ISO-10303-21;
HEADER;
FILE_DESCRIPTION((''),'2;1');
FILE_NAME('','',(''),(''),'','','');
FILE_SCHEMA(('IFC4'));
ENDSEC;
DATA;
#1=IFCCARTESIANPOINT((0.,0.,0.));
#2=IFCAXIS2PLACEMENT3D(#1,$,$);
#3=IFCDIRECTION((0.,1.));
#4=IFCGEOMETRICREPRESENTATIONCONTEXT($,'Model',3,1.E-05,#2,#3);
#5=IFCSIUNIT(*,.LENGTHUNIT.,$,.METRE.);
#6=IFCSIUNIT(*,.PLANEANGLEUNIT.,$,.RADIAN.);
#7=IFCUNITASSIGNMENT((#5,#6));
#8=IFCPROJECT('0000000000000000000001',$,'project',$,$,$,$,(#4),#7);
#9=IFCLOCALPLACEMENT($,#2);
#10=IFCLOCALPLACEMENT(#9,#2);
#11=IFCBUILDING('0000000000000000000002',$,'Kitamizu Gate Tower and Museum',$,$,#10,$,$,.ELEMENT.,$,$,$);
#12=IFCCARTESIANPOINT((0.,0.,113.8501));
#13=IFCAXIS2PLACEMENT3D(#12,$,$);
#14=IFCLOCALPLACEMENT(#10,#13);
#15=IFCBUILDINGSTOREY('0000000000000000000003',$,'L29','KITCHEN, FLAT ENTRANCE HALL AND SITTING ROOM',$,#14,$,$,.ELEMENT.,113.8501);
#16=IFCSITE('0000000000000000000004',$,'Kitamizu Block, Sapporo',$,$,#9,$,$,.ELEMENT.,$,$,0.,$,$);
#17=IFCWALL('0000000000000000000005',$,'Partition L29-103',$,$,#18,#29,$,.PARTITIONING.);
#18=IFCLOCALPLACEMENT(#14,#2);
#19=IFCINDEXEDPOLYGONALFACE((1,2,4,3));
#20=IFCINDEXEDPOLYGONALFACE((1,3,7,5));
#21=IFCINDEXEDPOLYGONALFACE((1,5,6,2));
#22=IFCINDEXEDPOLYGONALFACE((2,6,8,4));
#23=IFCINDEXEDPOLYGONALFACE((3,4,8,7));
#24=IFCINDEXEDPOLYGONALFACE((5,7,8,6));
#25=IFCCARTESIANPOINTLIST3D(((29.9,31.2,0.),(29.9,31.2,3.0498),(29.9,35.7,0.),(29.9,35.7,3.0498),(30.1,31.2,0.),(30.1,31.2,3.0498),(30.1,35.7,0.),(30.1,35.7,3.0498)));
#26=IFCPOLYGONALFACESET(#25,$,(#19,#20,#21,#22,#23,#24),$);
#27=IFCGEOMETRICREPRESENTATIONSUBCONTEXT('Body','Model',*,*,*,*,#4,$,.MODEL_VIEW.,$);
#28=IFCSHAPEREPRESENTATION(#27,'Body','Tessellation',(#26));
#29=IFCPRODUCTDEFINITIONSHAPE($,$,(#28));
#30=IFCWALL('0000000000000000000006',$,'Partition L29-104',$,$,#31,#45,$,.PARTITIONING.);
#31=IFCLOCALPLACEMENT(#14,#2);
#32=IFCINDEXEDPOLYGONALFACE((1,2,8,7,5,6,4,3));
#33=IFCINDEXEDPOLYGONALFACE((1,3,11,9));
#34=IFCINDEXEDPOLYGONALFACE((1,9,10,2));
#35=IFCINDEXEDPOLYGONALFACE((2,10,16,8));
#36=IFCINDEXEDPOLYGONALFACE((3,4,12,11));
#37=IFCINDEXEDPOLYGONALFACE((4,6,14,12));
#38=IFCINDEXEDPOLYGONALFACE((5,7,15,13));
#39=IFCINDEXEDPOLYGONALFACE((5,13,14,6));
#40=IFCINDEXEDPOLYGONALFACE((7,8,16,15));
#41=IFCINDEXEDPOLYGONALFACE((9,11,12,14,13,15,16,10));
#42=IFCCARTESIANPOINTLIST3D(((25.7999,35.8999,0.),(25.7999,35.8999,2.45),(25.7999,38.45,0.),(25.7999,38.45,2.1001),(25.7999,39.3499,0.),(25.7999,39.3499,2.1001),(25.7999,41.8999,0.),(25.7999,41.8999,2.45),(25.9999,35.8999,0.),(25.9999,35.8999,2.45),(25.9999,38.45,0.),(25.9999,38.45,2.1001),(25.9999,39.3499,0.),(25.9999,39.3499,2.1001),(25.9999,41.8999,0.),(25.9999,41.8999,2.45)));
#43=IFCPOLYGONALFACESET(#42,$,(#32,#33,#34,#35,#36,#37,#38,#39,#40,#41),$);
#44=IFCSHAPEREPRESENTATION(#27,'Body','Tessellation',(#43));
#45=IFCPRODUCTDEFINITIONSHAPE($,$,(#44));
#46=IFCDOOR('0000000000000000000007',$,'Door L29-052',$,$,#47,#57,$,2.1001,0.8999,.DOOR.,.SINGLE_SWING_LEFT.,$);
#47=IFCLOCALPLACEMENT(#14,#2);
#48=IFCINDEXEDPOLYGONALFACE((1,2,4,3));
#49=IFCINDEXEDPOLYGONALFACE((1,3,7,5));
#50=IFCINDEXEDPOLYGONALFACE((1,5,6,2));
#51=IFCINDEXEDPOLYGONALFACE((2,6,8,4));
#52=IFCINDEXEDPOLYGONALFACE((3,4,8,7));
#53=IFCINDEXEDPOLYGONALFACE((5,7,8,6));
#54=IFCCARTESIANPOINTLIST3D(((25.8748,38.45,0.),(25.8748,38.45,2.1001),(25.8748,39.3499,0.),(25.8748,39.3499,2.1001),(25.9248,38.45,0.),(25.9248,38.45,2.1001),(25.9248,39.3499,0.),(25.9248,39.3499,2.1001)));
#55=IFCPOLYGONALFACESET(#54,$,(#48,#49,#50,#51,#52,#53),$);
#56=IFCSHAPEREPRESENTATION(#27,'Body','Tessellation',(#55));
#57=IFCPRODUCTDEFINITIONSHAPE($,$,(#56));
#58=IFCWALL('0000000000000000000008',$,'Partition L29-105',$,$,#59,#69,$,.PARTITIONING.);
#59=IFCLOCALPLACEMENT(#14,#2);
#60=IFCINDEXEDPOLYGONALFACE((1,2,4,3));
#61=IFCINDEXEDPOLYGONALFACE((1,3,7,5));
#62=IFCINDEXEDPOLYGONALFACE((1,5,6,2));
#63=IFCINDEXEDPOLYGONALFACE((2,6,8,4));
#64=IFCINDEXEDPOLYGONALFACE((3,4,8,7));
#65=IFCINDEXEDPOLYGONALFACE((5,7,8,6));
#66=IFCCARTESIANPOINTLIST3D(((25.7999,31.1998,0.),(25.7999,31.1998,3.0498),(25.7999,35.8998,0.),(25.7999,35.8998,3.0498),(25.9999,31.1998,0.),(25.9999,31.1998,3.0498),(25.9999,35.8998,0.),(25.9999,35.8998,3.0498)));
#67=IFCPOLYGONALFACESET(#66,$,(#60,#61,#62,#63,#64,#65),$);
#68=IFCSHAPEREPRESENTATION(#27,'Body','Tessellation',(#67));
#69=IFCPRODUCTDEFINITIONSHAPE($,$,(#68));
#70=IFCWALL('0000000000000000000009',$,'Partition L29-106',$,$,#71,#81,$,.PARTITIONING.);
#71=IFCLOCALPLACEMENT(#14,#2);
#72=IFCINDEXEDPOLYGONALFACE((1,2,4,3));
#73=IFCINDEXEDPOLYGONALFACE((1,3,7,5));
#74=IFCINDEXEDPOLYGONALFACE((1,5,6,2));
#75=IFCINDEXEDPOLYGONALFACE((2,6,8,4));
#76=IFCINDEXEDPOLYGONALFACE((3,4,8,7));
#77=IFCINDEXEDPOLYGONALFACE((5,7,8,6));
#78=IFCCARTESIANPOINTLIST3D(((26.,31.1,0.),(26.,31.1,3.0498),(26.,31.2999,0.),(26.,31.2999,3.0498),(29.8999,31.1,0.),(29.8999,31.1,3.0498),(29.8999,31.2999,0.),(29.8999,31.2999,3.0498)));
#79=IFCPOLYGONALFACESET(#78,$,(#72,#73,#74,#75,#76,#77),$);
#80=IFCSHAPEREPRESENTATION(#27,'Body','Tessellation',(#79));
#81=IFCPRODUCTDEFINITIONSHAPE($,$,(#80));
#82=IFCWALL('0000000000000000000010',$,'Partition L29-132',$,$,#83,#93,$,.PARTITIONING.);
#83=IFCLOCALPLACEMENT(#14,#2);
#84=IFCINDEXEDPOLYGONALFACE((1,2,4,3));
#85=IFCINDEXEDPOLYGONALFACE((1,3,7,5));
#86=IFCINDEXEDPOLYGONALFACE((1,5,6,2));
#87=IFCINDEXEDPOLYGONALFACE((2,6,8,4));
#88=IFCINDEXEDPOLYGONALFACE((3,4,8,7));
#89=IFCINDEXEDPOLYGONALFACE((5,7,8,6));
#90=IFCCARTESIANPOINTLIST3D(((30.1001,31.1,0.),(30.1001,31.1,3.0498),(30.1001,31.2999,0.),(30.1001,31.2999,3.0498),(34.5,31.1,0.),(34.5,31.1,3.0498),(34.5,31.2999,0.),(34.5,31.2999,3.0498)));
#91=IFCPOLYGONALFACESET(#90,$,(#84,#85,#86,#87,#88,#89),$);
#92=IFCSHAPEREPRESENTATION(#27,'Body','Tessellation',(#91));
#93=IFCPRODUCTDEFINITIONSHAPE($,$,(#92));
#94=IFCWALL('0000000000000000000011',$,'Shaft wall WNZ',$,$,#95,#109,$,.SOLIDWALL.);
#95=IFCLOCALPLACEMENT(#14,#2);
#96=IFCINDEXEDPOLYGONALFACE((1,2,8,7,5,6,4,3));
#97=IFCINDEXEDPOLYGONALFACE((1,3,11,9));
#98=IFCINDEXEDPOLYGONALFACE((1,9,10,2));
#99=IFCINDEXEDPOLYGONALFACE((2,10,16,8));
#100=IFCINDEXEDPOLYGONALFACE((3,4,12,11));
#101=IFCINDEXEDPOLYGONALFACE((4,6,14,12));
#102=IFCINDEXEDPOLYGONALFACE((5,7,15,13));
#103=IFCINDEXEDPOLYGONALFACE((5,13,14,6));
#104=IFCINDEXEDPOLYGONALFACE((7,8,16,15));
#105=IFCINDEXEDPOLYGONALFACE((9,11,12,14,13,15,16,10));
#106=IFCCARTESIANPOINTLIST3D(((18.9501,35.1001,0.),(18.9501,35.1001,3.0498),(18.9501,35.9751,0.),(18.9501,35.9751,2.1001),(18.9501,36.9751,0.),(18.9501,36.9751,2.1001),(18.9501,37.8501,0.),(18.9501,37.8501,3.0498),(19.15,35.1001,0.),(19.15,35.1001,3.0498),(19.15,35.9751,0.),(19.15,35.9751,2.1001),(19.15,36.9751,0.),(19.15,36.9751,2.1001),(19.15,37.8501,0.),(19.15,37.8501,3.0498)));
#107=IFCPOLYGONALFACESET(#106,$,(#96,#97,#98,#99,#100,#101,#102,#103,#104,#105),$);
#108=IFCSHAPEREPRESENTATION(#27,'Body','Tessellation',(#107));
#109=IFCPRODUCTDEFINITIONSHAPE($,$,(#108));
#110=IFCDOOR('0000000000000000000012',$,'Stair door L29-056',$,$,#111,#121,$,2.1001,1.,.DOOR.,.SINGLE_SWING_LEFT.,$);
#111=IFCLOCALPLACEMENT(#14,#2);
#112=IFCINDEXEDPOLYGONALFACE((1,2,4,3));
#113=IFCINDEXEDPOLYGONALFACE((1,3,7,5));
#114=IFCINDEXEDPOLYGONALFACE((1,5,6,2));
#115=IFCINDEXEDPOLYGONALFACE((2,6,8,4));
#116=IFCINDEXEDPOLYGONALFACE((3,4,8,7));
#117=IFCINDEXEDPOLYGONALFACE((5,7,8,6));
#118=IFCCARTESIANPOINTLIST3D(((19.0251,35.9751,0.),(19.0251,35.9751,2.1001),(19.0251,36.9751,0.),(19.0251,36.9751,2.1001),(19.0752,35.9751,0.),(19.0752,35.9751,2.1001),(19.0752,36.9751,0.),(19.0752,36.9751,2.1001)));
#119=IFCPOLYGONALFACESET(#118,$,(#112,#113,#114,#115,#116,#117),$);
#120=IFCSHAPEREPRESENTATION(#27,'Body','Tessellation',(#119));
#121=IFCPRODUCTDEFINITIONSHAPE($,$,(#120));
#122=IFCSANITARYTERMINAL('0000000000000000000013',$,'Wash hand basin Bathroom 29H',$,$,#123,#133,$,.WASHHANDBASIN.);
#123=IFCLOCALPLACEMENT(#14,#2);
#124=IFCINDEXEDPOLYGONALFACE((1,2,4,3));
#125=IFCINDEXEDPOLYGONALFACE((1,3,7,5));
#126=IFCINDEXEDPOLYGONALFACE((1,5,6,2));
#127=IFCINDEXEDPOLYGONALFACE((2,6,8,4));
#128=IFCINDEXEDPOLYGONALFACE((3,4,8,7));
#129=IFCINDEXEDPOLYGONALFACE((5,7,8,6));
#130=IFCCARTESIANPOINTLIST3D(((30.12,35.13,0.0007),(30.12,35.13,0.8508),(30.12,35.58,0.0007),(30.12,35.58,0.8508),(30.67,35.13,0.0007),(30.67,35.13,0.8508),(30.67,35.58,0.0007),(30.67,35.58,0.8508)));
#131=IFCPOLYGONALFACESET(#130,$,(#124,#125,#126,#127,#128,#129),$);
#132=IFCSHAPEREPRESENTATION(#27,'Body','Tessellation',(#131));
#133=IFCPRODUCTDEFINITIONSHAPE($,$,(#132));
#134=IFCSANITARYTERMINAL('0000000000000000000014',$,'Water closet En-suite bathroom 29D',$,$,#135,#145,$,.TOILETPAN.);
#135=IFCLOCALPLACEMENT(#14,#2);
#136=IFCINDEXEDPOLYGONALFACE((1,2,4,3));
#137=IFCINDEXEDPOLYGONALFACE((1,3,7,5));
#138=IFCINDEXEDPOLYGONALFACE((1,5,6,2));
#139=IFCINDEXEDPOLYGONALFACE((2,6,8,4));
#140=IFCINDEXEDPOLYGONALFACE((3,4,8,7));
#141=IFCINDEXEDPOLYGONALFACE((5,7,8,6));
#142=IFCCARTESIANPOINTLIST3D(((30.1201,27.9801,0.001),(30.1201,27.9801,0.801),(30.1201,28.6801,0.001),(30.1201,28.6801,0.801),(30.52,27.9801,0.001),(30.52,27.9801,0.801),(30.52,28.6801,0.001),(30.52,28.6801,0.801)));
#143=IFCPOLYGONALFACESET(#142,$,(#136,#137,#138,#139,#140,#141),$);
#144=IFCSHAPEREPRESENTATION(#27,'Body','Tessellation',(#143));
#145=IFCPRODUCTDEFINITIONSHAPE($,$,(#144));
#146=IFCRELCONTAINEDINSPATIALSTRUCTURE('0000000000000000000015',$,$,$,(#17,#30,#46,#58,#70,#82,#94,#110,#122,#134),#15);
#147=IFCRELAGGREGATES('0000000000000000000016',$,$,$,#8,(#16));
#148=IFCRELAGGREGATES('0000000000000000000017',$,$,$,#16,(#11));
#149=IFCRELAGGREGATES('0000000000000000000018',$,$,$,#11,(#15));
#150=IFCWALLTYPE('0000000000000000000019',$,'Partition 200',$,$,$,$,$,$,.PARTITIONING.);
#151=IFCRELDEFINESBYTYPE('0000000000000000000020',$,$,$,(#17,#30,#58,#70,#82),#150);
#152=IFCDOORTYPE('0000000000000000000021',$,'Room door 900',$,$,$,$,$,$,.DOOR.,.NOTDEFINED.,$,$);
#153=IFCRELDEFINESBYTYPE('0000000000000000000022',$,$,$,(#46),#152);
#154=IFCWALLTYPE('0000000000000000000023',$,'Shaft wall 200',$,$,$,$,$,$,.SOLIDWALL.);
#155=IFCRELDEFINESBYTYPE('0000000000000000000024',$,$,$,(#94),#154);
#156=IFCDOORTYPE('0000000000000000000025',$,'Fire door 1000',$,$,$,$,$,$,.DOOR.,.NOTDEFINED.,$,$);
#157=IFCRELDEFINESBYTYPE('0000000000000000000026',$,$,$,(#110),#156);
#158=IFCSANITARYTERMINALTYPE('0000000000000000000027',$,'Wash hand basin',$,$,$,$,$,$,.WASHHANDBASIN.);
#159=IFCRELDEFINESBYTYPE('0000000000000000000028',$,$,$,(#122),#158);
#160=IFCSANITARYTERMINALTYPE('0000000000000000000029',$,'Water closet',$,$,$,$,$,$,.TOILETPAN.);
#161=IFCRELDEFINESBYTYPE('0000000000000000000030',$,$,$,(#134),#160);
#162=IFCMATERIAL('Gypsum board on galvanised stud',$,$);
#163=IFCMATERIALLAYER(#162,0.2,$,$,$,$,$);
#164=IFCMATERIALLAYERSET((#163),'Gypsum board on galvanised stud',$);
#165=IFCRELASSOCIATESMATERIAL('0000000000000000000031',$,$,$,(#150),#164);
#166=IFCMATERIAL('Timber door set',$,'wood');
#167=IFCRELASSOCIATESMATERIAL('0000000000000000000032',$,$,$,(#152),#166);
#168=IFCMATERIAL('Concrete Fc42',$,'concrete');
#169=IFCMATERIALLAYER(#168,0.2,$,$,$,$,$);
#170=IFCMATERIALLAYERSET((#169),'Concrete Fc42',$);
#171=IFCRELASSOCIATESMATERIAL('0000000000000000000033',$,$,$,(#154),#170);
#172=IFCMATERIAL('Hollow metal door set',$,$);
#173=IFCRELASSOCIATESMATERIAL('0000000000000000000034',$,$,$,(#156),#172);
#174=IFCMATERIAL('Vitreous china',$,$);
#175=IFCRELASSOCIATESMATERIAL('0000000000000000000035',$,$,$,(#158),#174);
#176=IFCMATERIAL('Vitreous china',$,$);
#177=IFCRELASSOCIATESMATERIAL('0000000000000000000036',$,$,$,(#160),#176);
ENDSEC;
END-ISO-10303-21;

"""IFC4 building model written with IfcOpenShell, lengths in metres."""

from ifc_helpers import new_model, si_unit, direction, frame, frame_2d, origin, origin_2d, place, context, subcontext, project, spatial, rectangle, extrude, material, layer, layer_set, type_object, element, fill, save


model = new_model("IFC4")

# Units and contexts
model_context = context("Model", 3, precision=1e-05, world=origin(), true_north=direction((0.0, 1.0)))
body_context = subcontext(model_context, "Body", "Model", "MODEL_VIEW")
ifc_project = project(units=[si_unit("LENGTHUNIT", "METRE"), si_unit("PLANEANGLEUNIT", "RADIAN")], contexts=[model_context])

# Site, building, storey
site_placement = place(None, origin())
site = spatial("IfcSite", under=ifc_project, at=site_placement, Name="Kitamizu Block, Sapporo", CompositionType="ELEMENT", RefElevation=0.0)
building_placement = place(site_placement, origin())
building = spatial("IfcBuilding", under=site, at=building_placement, Name="Kitamizu Gate Tower and Museum", CompositionType="ELEMENT")
storey_placement = place(building_placement, frame((0.0, 0.0, 113.8501)))
storey = spatial("IfcBuildingStorey", under=building, at=storey_placement, Name="L29", Description="KITCHEN, FLAT ENTRANCE HALL AND SITTING ROOM", CompositionType="ELEMENT", Elevation=113.8501)

# Wall
ifc_material_1 = material(Name="Gypsum board on galvanised stud")
ifc_layer_1 = layer(ifc_material_1, 0.2)
ifc_layer_set_1 = layer_set([ifc_layer_1], Name="Gypsum board on galvanised stud")
wall_type_1 = type_object("IfcWallType", Name="Partition 200", PredefinedType="PARTITIONING", material=ifc_layer_set_1)
wall_1_placement = place(storey_placement, frame((30.0, 31.2, 0.0), z_axis=(0.0, 0.0, 1.0), x_axis=(0.0, 1.0, 0.0)))
element("IfcWall", 1, at=wall_1_placement, inside=storey, type_object=wall_type_1, Name="Partition L29-103", PredefinedType="PARTITIONING", context=body_context, shape_type="SweptSolid", body=[
    extrude(rectangle(XDim=4.5, YDim=0.2, at=frame_2d((2.25, 0.0))), origin(), (0.0, 0.0, 1.0), 3.0498),
])

# Wall, opening, door
wall_2_placement = place(storey_placement, frame((25.8999, 41.8999, 0.0), z_axis=(0.0, 0.0, 1.0), x_axis=(0.0, -1.0, 0.0)))
wall_2 = element("IfcWall", 2, at=wall_2_placement, inside=storey, type_object=wall_type_1, Name="Partition L29-104", PredefinedType="PARTITIONING", context=body_context, shape_type="SweptSolid", body=[
    extrude(rectangle(XDim=6.0, YDim=0.2, at=frame_2d((3.0, 0.0))), origin(), (0.0, 0.0, 1.0), 2.45),
])
opening_1_placement = place(wall_2_placement, frame((2.55, 0.0, 0.0)))
opening_1 = element("IfcOpeningElement", 3, at=opening_1_placement, cuts=wall_2, PredefinedType="OPENING", context=body_context, shape_type="SweptSolid", body=[
    extrude(rectangle(XDim=0.8999, YDim=2.1001, at=frame_2d((0.45, 1.05))), frame((0.0, 0.1099, 0.0), z_axis=(0.0, -1.0, 0.0), x_axis=(1.0, 0.0, 0.0)), (0.0, 0.0, 1.0), 0.22),
])
ifc_material_2 = material(Name="Timber door set", Category="wood")
door_type_1 = type_object("IfcDoorType", Name="Room door 900", OperationType="NOTDEFINED", PredefinedType="DOOR", material=ifc_material_2)
door_1_placement = place(opening_1_placement, origin())
door_1 = element("IfcDoor", 4, at=door_1_placement, inside=storey, type_object=door_type_1, Name="Door L29-052", OperationType="SINGLE_SWING_LEFT", OverallHeight=2.1001, OverallWidth=0.8999, PredefinedType="DOOR", context=body_context, shape_type="SweptSolid", body=[
    extrude(rectangle(XDim=0.8999, YDim=2.1001, at=frame_2d((0.45, 1.05))), frame((0.0, 0.0249, 0.0), z_axis=(0.0, -1.0, 0.0), x_axis=(1.0, 0.0, 0.0)), (0.0, 0.0, 1.0), 0.05),
])
fill(opening_1, door_1)

# Walls
wall_3_placement = place(storey_placement, frame((25.8999, 35.8999, 0.0), z_axis=(0.0, 0.0, 1.0), x_axis=(0.0, -1.0, 0.0)))
element("IfcWall", 5, at=wall_3_placement, inside=storey, type_object=wall_type_1, Name="Partition L29-105", PredefinedType="PARTITIONING", context=body_context, shape_type="SweptSolid", body=[
    extrude(rectangle(XDim=4.7, YDim=0.2, at=frame_2d((2.3501, 0.0))), origin(), (0.0, 0.0, 1.0), 3.0498),
])
wall_4_placement = place(storey_placement, frame((26.0, 31.2, 0.0), z_axis=(0.0, 0.0, 1.0), x_axis=(1.0, 0.0, 0.0)))
element("IfcWall", 6, at=wall_4_placement, inside=storey, type_object=wall_type_1, Name="Partition L29-106", PredefinedType="PARTITIONING", context=body_context, shape_type="SweptSolid", body=[
    extrude(rectangle(XDim=3.8999, YDim=0.2, at=frame_2d((1.95, 0.0))), origin(), (0.0, 0.0, 1.0), 3.0498),
])
wall_5_placement = place(storey_placement, frame((30.1001, 31.2, 0.0), z_axis=(0.0, 0.0, 1.0), x_axis=(1.0, 0.0, 0.0)))
element("IfcWall", 7, at=wall_5_placement, inside=storey, type_object=wall_type_1, Name="Partition L29-132", PredefinedType="PARTITIONING", context=body_context, shape_type="SweptSolid", body=[
    extrude(rectangle(XDim=4.3999, YDim=0.2, at=frame_2d((2.2, 0.0))), origin(), (0.0, 0.0, 1.0), 3.0498),
])

# Wall, opening, door
ifc_material_3 = material(Name="Concrete Fc42", Category="concrete")
ifc_layer_2 = layer(ifc_material_3, 0.2)
ifc_layer_set_2 = layer_set([ifc_layer_2], Name="Concrete Fc42")
wall_type_2 = type_object("IfcWallType", Name="Shaft wall 200", PredefinedType="SOLIDWALL", material=ifc_layer_set_2)
wall_6_placement = place(storey_placement, frame((19.05, 35.1001, 0.0), z_axis=(0.0, 0.0, 1.0), x_axis=(0.0, 1.0, 0.0)))
wall_6 = element("IfcWall", 8, at=wall_6_placement, inside=storey, type_object=wall_type_2, Name="Shaft wall WNZ", PredefinedType="SOLIDWALL", context=body_context, shape_type="SweptSolid", body=[
    extrude(rectangle(XDim=2.75, YDim=0.2, at=frame_2d((1.375, 0.0))), origin(), (0.0, 0.0, 1.0), 3.0498),
])
opening_2_placement = place(wall_6_placement, frame((0.875, 0.0, 0.0)))
opening_2 = element("IfcOpeningElement", 9, at=opening_2_placement, cuts=wall_6, PredefinedType="OPENING", context=body_context, shape_type="SweptSolid", body=[
    extrude(rectangle(XDim=1.0, YDim=2.1001, at=frame_2d((0.5, 1.05))), frame((0.0, 0.1099, 0.0), z_axis=(0.0, -1.0, 0.0), x_axis=(1.0, 0.0, 0.0)), (0.0, 0.0, 1.0), 0.22),
])
ifc_material_4 = material(Name="Hollow metal door set")
door_type_2 = type_object("IfcDoorType", Name="Fire door 1000", OperationType="NOTDEFINED", PredefinedType="DOOR", material=ifc_material_4)
door_2_placement = place(opening_2_placement, origin())
door_2 = element("IfcDoor", 10, at=door_2_placement, inside=storey, type_object=door_type_2, Name="Stair door L29-056", OperationType="SINGLE_SWING_LEFT", OverallHeight=2.1001, OverallWidth=1.0, PredefinedType="DOOR", context=body_context, shape_type="SweptSolid", body=[
    extrude(rectangle(XDim=1.0, YDim=2.1001, at=frame_2d((0.5, 1.05))), frame((0.0, 0.0249, 0.0), z_axis=(0.0, -1.0, 0.0), x_axis=(1.0, 0.0, 0.0)), (0.0, 0.0, 1.0), 0.05),
])
fill(opening_2, door_2)

# Sanitary terminals
ifc_material_5 = material(Name="Vitreous china")
sanitary_terminal_type_1 = type_object("IfcSanitaryTerminalType", Name="Wash hand basin", PredefinedType="WASHHANDBASIN", material=ifc_material_5)
sanitary_terminal_1_placement = place(storey_placement, frame((30.395, 35.355, 0.0007), z_axis=(0.0, 0.0, 1.0), x_axis=(1.0, 0.0, 0.0)))
element("IfcSanitaryTerminal", 11, at=sanitary_terminal_1_placement, inside=storey, type_object=sanitary_terminal_type_1, Name="Wash hand basin Bathroom 29H", PredefinedType="WASHHANDBASIN", context=body_context, shape_type="SweptSolid", body=[
    extrude(rectangle(XDim=0.55, YDim=0.45, at=origin_2d()), origin(), (0.0, 0.0, 1.0), 0.8501),
])
ifc_material_6 = material(Name="Vitreous china")
sanitary_terminal_type_2 = type_object("IfcSanitaryTerminalType", Name="Water closet", PredefinedType="TOILETPAN", material=ifc_material_6)
sanitary_terminal_2_placement = place(storey_placement, frame((30.3201, 28.3301, 0.001), z_axis=(0.0, 0.0, 1.0), x_axis=(1.0, 0.0, 0.0)))
element("IfcSanitaryTerminal", 12, at=sanitary_terminal_2_placement, inside=storey, type_object=sanitary_terminal_type_2, Name="Water closet En-suite bathroom 29D", PredefinedType="TOILETPAN", context=body_context, shape_type="SweptSolid", body=[
    extrude(rectangle(XDim=0.3999, YDim=0.7, at=origin_2d()), origin(), (0.0, 0.0, 1.0), 0.8),
])

save(model, "model.ifc")
